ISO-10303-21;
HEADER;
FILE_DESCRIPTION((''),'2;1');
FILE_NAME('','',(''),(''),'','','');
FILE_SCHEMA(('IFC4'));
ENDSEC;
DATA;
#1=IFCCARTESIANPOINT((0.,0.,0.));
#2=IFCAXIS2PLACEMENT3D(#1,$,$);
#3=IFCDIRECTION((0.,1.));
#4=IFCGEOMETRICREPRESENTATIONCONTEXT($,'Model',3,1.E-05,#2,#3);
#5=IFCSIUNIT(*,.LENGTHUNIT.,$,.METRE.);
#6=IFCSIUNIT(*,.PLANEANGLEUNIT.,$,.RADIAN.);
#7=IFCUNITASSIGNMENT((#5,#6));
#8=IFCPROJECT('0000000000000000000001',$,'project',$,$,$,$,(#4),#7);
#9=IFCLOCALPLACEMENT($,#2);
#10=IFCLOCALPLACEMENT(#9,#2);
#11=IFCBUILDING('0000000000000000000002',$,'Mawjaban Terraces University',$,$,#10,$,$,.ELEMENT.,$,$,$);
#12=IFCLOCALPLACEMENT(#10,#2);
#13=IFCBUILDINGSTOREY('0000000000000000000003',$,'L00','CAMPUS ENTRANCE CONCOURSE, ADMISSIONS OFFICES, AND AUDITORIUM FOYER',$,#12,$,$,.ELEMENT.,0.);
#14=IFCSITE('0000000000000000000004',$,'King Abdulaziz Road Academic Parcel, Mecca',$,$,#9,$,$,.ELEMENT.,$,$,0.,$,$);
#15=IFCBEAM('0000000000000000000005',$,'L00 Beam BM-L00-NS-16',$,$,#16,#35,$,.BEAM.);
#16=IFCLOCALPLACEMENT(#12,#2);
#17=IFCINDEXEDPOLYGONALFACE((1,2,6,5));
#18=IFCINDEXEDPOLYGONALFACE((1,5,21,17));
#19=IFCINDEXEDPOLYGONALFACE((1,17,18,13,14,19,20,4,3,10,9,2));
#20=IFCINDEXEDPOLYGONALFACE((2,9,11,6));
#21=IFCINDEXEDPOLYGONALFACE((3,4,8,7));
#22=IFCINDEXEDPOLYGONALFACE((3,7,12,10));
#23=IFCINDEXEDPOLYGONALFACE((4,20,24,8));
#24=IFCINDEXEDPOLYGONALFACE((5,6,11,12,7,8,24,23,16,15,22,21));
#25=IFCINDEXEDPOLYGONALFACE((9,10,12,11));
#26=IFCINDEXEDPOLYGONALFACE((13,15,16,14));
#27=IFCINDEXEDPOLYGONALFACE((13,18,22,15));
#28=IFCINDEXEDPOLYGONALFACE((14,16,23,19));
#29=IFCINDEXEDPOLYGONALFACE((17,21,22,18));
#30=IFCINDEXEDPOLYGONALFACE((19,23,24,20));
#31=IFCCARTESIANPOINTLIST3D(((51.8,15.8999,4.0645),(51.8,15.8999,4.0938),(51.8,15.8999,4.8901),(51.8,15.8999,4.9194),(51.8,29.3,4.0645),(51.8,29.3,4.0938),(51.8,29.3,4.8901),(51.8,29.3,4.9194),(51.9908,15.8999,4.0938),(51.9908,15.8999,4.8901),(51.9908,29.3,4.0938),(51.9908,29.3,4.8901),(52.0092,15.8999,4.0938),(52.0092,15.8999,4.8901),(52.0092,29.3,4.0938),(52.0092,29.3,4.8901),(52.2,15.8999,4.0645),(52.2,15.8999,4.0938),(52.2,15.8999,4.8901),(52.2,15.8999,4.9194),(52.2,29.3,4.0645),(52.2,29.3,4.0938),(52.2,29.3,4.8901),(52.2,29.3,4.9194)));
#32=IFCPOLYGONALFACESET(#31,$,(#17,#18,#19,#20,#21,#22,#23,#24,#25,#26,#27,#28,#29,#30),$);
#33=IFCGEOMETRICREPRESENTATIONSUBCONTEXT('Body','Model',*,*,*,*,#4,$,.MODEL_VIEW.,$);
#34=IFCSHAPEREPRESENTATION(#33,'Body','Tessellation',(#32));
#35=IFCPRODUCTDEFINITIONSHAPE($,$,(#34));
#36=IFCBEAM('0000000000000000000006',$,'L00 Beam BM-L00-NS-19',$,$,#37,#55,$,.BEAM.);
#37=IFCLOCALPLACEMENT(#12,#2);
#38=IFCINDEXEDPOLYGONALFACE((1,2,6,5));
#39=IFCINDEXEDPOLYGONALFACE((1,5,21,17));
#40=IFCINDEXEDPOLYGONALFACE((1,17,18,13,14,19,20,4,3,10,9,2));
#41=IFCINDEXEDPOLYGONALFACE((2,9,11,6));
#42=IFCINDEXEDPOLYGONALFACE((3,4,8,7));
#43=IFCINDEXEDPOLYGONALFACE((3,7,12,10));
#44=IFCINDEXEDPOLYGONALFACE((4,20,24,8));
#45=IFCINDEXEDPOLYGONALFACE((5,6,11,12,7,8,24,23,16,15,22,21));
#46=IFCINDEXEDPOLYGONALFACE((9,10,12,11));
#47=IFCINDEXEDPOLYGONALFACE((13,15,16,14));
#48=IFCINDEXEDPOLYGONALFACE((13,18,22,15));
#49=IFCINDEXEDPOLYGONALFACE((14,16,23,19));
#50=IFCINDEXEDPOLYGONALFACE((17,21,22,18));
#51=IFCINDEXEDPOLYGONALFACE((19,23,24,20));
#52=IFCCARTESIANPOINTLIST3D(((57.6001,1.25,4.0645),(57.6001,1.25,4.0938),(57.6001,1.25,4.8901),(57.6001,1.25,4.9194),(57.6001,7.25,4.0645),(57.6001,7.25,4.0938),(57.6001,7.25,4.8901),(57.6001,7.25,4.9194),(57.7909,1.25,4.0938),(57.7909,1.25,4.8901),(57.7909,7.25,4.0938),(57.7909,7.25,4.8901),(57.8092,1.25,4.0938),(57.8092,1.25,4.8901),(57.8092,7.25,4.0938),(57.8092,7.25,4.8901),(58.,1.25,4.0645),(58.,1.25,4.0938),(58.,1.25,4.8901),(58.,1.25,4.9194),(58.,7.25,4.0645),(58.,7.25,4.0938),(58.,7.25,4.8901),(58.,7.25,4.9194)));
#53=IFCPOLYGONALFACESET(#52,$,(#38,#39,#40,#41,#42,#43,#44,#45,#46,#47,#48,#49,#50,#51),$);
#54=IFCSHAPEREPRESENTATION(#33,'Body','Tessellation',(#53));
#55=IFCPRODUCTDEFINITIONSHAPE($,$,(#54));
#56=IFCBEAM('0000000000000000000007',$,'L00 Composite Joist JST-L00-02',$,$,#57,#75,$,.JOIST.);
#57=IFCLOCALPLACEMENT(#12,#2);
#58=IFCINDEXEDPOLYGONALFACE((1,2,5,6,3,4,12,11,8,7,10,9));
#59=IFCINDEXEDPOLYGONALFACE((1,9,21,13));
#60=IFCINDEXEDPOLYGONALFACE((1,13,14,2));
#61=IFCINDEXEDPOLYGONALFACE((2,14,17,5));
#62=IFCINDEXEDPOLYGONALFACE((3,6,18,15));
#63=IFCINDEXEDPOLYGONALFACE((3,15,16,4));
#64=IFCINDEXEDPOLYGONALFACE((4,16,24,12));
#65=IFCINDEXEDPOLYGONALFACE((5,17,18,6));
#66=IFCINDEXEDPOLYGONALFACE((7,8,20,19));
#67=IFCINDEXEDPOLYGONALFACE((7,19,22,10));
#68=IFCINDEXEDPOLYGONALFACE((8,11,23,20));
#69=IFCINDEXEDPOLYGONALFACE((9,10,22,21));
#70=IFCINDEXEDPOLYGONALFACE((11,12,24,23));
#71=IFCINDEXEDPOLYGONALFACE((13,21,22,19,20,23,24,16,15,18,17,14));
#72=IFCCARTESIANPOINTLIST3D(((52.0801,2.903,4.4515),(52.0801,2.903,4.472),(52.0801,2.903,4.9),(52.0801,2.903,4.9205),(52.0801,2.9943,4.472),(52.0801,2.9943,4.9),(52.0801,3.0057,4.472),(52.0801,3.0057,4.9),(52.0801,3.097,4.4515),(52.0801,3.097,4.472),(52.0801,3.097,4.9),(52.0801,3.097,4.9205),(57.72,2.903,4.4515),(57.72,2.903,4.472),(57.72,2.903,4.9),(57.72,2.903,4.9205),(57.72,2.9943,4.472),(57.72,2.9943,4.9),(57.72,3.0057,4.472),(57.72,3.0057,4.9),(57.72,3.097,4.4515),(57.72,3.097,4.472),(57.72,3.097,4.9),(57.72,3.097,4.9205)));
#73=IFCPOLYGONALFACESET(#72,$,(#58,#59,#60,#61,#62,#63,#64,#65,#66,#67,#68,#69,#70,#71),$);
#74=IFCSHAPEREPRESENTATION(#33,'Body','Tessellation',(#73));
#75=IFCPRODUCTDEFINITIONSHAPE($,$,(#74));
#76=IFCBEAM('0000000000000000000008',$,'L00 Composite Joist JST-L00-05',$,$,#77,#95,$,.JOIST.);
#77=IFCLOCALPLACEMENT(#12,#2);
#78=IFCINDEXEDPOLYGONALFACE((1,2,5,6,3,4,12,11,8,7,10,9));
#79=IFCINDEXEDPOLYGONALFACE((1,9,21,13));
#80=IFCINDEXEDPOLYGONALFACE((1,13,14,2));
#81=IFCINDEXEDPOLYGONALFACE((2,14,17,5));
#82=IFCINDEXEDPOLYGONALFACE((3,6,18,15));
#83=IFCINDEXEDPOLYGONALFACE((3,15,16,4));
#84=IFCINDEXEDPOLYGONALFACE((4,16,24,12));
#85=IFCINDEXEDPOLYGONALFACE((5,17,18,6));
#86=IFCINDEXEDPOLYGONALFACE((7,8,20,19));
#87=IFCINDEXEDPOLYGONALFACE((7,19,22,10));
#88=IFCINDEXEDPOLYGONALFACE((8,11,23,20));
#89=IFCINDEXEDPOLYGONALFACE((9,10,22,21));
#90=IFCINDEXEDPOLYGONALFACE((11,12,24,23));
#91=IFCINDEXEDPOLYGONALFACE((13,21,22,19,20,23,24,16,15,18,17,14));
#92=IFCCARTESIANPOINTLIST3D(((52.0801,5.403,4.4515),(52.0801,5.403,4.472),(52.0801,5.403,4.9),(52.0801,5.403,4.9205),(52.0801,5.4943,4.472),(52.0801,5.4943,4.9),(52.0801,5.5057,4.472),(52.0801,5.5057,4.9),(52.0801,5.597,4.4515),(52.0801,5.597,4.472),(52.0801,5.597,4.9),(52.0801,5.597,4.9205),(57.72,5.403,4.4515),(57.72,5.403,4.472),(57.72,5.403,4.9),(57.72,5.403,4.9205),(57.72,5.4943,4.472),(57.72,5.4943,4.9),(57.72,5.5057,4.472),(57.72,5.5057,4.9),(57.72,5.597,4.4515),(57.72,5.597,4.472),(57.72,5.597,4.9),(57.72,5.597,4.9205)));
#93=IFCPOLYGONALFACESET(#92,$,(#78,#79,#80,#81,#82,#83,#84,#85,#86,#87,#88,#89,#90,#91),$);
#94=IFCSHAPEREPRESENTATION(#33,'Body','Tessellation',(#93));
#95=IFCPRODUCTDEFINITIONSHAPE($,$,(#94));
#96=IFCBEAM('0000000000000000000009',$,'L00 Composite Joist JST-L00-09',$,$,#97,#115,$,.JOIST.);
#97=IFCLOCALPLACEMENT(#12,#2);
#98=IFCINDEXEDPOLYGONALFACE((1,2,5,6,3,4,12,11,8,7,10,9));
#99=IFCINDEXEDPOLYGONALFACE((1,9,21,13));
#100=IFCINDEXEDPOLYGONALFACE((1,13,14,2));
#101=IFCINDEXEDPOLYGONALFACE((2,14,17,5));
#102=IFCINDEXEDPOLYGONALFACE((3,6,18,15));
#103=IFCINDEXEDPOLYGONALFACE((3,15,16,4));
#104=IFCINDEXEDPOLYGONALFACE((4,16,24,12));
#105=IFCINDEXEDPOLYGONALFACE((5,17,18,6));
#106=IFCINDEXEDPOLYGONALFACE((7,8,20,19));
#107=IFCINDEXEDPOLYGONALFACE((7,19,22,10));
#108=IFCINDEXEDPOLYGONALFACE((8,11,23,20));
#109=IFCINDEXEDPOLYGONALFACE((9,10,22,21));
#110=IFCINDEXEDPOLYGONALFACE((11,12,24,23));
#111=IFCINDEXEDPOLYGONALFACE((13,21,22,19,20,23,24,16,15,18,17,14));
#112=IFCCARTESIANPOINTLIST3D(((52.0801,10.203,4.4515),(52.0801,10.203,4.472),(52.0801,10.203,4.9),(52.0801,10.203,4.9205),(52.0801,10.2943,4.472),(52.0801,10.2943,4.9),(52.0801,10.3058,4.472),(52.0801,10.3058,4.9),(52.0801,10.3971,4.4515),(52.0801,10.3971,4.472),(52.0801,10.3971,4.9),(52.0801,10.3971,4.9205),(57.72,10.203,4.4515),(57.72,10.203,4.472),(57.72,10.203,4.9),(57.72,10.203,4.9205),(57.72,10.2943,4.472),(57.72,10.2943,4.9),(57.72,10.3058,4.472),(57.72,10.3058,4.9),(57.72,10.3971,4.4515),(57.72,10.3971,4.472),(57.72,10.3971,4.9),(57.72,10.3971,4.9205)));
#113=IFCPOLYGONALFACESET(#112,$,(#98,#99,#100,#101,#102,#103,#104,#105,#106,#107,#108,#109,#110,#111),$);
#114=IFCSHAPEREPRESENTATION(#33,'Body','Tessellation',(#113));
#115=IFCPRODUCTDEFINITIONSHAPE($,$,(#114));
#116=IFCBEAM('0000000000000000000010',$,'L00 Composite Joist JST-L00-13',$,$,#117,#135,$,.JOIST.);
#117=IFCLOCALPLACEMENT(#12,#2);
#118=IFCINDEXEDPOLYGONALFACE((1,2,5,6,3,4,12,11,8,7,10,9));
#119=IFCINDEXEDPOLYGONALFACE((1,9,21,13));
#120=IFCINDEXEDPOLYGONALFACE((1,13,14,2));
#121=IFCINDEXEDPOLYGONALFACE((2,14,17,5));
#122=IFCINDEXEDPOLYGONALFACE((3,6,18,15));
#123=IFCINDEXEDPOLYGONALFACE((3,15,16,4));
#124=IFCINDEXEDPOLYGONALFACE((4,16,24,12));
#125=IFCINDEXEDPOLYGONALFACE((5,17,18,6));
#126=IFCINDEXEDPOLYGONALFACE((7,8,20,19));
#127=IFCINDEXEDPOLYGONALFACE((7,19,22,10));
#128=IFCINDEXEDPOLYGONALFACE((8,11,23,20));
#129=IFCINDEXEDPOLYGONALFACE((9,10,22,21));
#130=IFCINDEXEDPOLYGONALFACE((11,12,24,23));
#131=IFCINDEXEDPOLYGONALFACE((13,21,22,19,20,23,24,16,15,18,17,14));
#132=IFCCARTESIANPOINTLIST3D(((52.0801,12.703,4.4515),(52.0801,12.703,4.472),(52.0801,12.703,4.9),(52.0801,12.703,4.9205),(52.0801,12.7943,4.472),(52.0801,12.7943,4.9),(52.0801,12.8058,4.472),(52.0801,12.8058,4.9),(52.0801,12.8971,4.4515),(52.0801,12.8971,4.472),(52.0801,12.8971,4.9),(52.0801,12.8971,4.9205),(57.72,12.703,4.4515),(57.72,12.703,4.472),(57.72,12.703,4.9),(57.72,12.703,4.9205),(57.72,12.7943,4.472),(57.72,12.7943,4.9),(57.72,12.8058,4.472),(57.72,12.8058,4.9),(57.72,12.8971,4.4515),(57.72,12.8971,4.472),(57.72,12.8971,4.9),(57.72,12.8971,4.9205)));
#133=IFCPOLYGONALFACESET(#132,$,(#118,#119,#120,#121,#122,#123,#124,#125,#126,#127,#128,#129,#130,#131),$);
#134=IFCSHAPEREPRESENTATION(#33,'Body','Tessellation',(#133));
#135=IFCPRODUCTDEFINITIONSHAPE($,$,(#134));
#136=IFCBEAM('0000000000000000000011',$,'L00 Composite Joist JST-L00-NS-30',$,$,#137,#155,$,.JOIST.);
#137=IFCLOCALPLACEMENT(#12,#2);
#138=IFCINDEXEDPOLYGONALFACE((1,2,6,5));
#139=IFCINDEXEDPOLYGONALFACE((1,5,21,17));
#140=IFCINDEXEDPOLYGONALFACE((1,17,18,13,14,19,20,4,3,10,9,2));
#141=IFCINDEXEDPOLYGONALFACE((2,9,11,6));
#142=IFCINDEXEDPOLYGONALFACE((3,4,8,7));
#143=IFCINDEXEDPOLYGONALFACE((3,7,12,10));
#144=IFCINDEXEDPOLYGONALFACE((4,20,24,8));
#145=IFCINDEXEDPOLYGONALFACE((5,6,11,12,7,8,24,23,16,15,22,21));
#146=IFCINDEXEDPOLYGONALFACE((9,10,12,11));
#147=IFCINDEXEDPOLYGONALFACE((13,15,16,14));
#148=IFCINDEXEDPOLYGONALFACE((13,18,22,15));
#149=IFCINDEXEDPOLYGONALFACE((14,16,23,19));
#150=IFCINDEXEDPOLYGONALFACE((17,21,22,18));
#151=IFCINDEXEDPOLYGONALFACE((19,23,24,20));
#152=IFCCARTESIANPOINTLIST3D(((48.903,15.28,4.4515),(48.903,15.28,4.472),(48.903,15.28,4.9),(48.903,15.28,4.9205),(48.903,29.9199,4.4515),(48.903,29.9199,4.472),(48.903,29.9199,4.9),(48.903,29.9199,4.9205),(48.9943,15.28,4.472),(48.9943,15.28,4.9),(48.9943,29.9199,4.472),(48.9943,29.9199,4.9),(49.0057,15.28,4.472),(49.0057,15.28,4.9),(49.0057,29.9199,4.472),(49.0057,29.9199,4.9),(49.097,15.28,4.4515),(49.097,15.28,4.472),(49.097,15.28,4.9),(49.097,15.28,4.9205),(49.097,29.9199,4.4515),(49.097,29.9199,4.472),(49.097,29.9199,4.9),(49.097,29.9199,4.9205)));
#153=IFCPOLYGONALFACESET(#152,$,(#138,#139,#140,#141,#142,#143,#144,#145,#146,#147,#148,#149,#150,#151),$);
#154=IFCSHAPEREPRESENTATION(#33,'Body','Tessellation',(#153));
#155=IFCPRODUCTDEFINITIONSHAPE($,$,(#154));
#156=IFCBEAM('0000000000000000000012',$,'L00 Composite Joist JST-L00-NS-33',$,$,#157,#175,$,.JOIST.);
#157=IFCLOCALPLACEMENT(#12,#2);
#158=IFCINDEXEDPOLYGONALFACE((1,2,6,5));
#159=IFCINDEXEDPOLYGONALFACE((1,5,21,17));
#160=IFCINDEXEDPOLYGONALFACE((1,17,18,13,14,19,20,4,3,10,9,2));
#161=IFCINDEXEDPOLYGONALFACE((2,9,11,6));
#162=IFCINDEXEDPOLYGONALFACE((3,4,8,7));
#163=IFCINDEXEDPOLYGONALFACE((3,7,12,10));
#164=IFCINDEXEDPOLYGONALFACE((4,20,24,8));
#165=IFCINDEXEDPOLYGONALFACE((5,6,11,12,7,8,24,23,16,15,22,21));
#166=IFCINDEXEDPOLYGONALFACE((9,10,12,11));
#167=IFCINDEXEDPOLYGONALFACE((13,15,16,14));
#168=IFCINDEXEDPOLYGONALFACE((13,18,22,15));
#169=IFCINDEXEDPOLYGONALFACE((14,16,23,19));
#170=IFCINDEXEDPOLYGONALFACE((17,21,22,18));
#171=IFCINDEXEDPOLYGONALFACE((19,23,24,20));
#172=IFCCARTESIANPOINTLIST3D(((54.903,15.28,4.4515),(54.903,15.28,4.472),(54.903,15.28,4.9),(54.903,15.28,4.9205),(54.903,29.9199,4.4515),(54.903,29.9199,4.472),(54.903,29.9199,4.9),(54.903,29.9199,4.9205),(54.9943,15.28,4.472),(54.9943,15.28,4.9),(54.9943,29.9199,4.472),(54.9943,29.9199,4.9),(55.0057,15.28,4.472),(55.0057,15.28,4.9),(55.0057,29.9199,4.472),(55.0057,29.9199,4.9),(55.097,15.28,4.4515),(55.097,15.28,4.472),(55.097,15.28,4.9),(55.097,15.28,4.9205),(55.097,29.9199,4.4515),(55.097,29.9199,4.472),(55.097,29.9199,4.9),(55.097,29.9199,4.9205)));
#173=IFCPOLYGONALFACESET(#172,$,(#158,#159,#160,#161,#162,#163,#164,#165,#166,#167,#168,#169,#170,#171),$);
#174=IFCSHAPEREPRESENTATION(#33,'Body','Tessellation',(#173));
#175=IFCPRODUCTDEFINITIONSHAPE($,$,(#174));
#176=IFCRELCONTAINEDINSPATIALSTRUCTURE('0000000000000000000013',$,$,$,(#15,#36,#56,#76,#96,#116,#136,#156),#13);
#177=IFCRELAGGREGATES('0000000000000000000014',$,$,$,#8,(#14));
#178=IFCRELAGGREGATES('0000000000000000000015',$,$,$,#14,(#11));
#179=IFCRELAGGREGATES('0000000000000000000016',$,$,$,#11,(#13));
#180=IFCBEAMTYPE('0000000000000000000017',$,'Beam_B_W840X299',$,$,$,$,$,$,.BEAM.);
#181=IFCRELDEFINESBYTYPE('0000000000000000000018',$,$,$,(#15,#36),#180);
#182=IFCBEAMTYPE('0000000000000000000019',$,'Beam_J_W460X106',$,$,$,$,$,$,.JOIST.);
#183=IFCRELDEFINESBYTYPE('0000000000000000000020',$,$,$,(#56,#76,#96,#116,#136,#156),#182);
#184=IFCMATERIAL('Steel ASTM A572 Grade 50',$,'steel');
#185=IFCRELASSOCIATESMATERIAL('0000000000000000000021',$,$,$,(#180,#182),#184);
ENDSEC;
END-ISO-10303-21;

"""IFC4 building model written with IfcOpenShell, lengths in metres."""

from ifc_helpers import new_model, si_unit, direction, frame, origin, origin_2d, place, context, subcontext, project, spatial, i_section, extrude, material, material_profile, profile_set, type_object, element, save


model = new_model("IFC4")

# Units and contexts
model_context = context("Model", 3, precision=1e-05, world=origin(), true_north=direction((0.0, 1.0)))
body_context = subcontext(model_context, "Body", "Model", "MODEL_VIEW")
ifc_project = project(units=[si_unit("LENGTHUNIT", "METRE"), si_unit("PLANEANGLEUNIT", "RADIAN")], contexts=[model_context])

# Site, building, storey
site_placement = place(None, origin())
site = spatial("IfcSite", under=ifc_project, at=site_placement, Name="King Abdulaziz Road Academic Parcel, Mecca", CompositionType="ELEMENT", RefElevation=0.0)
building_placement = place(site_placement, origin())
building = spatial("IfcBuilding", under=site, at=building_placement, Name="Mawjaban Terraces University", CompositionType="ELEMENT")
storey_placement = place(building_placement, origin())
storey = spatial("IfcBuildingStorey", under=building, at=storey_placement, Name="L00", Description="CAMPUS ENTRANCE CONCOURSE, ADMISSIONS OFFICES, AND AUDITORIUM FOYER", CompositionType="ELEMENT", Elevation=0.0)

# Beams
ifc_material_1 = material(Name="Steel ASTM A572 Grade 50", Category="steel")
ifc_material_profile_1 = material_profile(ifc_material_1, i_section(OverallWidth=0.3999, OverallDepth=0.855, WebThickness=0.0183, FlangeThickness=0.0293, at=origin_2d()), Name="W840X299")
ifc_profile_set_1 = profile_set([ifc_material_profile_1], Name="Steel ASTM A572 Grade 50")
beam_type_1 = type_object("IfcBeamType", Name="Beam_B_W840X299", PredefinedType="BEAM", material=ifc_profile_set_1)
beam_1_placement = place(storey_placement, frame((52.0, 15.8999, 4.4919), z_axis=(0.0, 1.0, 0.0), x_axis=(-1.0, 0.0, 0.0)))
element("IfcBeam", 1, at=beam_1_placement, inside=storey, type_object=beam_type_1, Name="L00 Beam BM-L00-NS-16", PredefinedType="BEAM", context=body_context, shape_type="SweptSolid", body=[
    extrude(i_section(OverallWidth=0.3999, OverallDepth=0.855, WebThickness=0.0183, FlangeThickness=0.0293, at=origin_2d()), origin(), (0.0, 0.0, 1.0), 13.4001),
])
beam_2_placement = place(storey_placement, frame((57.8, 1.25, 4.4919), z_axis=(0.0, 1.0, 0.0), x_axis=(-1.0, 0.0, 0.0)))
element("IfcBeam", 2, at=beam_2_placement, inside=storey, type_object=beam_type_1, Name="L00 Beam BM-L00-NS-19", PredefinedType="BEAM", context=body_context, shape_type="SweptSolid", body=[
    extrude(i_section(OverallWidth=0.3999, OverallDepth=0.855, WebThickness=0.0183, FlangeThickness=0.0293, at=origin_2d()), origin(), (0.0, 0.0, 1.0), 6.0),
])
ifc_material_profile_2 = material_profile(ifc_material_1, i_section(OverallWidth=0.1941, OverallDepth=0.469, WebThickness=0.0115, FlangeThickness=0.0205, at=origin_2d()), Name="W460X106")
ifc_profile_set_2 = profile_set([ifc_material_profile_2], Name="Steel ASTM A572 Grade 50")
beam_type_2 = type_object("IfcBeamType", Name="Beam_J_W460X106", PredefinedType="JOIST", material=ifc_profile_set_2)
for number, where, z_axis, x_axis, name in (
    (3, (52.0801, 3.0, 4.686), (1.0, 0.0, 0.0), (0.0, 1.0, 0.0), "L00 Composite Joist JST-L00-02"),
    (4, (52.0801, 5.5, 4.686), (1.0, 0.0, 0.0), (0.0, 1.0, 0.0), "L00 Composite Joist JST-L00-05"),
    (5, (52.0801, 10.3, 4.686), (1.0, 0.0, 0.0), (0.0, 1.0, 0.0), "L00 Composite Joist JST-L00-09"),
    (6, (52.0801, 12.8, 4.686), (1.0, 0.0, 0.0), (0.0, 1.0, 0.0), "L00 Composite Joist JST-L00-13"),
):
    element("IfcBeam", number, at=place(storey_placement, frame(where, z_axis=z_axis, x_axis=x_axis)), inside=storey, type_object=beam_type_2, Name=name, PredefinedType="JOIST", context=body_context, shape_type="SweptSolid", body=[
        extrude(i_section(OverallWidth=0.1941, OverallDepth=0.469, WebThickness=0.0115, FlangeThickness=0.0205, at=origin_2d()), origin(), (0.0, 0.0, 1.0), 5.6399),
    ])
for number, where, z_axis, x_axis, name in (
    (7, (49.0, 15.28, 4.686), (0.0, 1.0, 0.0), (-1.0, 0.0, 0.0), "L00 Composite Joist JST-L00-NS-30"),
    (8, (55.0, 15.28, 4.686), (0.0, 1.0, 0.0), (-1.0, 0.0, 0.0), "L00 Composite Joist JST-L00-NS-33"),
):
    element("IfcBeam", number, at=place(storey_placement, frame(where, z_axis=z_axis, x_axis=x_axis)), inside=storey, type_object=beam_type_2, Name=name, PredefinedType="JOIST", context=body_context, shape_type="SweptSolid", body=[
        extrude(i_section(OverallWidth=0.1941, OverallDepth=0.469, WebThickness=0.0115, FlangeThickness=0.0205, at=origin_2d()), origin(), (0.0, 0.0, 1.0), 14.6399),
    ])

save(model, "model.ifc")
